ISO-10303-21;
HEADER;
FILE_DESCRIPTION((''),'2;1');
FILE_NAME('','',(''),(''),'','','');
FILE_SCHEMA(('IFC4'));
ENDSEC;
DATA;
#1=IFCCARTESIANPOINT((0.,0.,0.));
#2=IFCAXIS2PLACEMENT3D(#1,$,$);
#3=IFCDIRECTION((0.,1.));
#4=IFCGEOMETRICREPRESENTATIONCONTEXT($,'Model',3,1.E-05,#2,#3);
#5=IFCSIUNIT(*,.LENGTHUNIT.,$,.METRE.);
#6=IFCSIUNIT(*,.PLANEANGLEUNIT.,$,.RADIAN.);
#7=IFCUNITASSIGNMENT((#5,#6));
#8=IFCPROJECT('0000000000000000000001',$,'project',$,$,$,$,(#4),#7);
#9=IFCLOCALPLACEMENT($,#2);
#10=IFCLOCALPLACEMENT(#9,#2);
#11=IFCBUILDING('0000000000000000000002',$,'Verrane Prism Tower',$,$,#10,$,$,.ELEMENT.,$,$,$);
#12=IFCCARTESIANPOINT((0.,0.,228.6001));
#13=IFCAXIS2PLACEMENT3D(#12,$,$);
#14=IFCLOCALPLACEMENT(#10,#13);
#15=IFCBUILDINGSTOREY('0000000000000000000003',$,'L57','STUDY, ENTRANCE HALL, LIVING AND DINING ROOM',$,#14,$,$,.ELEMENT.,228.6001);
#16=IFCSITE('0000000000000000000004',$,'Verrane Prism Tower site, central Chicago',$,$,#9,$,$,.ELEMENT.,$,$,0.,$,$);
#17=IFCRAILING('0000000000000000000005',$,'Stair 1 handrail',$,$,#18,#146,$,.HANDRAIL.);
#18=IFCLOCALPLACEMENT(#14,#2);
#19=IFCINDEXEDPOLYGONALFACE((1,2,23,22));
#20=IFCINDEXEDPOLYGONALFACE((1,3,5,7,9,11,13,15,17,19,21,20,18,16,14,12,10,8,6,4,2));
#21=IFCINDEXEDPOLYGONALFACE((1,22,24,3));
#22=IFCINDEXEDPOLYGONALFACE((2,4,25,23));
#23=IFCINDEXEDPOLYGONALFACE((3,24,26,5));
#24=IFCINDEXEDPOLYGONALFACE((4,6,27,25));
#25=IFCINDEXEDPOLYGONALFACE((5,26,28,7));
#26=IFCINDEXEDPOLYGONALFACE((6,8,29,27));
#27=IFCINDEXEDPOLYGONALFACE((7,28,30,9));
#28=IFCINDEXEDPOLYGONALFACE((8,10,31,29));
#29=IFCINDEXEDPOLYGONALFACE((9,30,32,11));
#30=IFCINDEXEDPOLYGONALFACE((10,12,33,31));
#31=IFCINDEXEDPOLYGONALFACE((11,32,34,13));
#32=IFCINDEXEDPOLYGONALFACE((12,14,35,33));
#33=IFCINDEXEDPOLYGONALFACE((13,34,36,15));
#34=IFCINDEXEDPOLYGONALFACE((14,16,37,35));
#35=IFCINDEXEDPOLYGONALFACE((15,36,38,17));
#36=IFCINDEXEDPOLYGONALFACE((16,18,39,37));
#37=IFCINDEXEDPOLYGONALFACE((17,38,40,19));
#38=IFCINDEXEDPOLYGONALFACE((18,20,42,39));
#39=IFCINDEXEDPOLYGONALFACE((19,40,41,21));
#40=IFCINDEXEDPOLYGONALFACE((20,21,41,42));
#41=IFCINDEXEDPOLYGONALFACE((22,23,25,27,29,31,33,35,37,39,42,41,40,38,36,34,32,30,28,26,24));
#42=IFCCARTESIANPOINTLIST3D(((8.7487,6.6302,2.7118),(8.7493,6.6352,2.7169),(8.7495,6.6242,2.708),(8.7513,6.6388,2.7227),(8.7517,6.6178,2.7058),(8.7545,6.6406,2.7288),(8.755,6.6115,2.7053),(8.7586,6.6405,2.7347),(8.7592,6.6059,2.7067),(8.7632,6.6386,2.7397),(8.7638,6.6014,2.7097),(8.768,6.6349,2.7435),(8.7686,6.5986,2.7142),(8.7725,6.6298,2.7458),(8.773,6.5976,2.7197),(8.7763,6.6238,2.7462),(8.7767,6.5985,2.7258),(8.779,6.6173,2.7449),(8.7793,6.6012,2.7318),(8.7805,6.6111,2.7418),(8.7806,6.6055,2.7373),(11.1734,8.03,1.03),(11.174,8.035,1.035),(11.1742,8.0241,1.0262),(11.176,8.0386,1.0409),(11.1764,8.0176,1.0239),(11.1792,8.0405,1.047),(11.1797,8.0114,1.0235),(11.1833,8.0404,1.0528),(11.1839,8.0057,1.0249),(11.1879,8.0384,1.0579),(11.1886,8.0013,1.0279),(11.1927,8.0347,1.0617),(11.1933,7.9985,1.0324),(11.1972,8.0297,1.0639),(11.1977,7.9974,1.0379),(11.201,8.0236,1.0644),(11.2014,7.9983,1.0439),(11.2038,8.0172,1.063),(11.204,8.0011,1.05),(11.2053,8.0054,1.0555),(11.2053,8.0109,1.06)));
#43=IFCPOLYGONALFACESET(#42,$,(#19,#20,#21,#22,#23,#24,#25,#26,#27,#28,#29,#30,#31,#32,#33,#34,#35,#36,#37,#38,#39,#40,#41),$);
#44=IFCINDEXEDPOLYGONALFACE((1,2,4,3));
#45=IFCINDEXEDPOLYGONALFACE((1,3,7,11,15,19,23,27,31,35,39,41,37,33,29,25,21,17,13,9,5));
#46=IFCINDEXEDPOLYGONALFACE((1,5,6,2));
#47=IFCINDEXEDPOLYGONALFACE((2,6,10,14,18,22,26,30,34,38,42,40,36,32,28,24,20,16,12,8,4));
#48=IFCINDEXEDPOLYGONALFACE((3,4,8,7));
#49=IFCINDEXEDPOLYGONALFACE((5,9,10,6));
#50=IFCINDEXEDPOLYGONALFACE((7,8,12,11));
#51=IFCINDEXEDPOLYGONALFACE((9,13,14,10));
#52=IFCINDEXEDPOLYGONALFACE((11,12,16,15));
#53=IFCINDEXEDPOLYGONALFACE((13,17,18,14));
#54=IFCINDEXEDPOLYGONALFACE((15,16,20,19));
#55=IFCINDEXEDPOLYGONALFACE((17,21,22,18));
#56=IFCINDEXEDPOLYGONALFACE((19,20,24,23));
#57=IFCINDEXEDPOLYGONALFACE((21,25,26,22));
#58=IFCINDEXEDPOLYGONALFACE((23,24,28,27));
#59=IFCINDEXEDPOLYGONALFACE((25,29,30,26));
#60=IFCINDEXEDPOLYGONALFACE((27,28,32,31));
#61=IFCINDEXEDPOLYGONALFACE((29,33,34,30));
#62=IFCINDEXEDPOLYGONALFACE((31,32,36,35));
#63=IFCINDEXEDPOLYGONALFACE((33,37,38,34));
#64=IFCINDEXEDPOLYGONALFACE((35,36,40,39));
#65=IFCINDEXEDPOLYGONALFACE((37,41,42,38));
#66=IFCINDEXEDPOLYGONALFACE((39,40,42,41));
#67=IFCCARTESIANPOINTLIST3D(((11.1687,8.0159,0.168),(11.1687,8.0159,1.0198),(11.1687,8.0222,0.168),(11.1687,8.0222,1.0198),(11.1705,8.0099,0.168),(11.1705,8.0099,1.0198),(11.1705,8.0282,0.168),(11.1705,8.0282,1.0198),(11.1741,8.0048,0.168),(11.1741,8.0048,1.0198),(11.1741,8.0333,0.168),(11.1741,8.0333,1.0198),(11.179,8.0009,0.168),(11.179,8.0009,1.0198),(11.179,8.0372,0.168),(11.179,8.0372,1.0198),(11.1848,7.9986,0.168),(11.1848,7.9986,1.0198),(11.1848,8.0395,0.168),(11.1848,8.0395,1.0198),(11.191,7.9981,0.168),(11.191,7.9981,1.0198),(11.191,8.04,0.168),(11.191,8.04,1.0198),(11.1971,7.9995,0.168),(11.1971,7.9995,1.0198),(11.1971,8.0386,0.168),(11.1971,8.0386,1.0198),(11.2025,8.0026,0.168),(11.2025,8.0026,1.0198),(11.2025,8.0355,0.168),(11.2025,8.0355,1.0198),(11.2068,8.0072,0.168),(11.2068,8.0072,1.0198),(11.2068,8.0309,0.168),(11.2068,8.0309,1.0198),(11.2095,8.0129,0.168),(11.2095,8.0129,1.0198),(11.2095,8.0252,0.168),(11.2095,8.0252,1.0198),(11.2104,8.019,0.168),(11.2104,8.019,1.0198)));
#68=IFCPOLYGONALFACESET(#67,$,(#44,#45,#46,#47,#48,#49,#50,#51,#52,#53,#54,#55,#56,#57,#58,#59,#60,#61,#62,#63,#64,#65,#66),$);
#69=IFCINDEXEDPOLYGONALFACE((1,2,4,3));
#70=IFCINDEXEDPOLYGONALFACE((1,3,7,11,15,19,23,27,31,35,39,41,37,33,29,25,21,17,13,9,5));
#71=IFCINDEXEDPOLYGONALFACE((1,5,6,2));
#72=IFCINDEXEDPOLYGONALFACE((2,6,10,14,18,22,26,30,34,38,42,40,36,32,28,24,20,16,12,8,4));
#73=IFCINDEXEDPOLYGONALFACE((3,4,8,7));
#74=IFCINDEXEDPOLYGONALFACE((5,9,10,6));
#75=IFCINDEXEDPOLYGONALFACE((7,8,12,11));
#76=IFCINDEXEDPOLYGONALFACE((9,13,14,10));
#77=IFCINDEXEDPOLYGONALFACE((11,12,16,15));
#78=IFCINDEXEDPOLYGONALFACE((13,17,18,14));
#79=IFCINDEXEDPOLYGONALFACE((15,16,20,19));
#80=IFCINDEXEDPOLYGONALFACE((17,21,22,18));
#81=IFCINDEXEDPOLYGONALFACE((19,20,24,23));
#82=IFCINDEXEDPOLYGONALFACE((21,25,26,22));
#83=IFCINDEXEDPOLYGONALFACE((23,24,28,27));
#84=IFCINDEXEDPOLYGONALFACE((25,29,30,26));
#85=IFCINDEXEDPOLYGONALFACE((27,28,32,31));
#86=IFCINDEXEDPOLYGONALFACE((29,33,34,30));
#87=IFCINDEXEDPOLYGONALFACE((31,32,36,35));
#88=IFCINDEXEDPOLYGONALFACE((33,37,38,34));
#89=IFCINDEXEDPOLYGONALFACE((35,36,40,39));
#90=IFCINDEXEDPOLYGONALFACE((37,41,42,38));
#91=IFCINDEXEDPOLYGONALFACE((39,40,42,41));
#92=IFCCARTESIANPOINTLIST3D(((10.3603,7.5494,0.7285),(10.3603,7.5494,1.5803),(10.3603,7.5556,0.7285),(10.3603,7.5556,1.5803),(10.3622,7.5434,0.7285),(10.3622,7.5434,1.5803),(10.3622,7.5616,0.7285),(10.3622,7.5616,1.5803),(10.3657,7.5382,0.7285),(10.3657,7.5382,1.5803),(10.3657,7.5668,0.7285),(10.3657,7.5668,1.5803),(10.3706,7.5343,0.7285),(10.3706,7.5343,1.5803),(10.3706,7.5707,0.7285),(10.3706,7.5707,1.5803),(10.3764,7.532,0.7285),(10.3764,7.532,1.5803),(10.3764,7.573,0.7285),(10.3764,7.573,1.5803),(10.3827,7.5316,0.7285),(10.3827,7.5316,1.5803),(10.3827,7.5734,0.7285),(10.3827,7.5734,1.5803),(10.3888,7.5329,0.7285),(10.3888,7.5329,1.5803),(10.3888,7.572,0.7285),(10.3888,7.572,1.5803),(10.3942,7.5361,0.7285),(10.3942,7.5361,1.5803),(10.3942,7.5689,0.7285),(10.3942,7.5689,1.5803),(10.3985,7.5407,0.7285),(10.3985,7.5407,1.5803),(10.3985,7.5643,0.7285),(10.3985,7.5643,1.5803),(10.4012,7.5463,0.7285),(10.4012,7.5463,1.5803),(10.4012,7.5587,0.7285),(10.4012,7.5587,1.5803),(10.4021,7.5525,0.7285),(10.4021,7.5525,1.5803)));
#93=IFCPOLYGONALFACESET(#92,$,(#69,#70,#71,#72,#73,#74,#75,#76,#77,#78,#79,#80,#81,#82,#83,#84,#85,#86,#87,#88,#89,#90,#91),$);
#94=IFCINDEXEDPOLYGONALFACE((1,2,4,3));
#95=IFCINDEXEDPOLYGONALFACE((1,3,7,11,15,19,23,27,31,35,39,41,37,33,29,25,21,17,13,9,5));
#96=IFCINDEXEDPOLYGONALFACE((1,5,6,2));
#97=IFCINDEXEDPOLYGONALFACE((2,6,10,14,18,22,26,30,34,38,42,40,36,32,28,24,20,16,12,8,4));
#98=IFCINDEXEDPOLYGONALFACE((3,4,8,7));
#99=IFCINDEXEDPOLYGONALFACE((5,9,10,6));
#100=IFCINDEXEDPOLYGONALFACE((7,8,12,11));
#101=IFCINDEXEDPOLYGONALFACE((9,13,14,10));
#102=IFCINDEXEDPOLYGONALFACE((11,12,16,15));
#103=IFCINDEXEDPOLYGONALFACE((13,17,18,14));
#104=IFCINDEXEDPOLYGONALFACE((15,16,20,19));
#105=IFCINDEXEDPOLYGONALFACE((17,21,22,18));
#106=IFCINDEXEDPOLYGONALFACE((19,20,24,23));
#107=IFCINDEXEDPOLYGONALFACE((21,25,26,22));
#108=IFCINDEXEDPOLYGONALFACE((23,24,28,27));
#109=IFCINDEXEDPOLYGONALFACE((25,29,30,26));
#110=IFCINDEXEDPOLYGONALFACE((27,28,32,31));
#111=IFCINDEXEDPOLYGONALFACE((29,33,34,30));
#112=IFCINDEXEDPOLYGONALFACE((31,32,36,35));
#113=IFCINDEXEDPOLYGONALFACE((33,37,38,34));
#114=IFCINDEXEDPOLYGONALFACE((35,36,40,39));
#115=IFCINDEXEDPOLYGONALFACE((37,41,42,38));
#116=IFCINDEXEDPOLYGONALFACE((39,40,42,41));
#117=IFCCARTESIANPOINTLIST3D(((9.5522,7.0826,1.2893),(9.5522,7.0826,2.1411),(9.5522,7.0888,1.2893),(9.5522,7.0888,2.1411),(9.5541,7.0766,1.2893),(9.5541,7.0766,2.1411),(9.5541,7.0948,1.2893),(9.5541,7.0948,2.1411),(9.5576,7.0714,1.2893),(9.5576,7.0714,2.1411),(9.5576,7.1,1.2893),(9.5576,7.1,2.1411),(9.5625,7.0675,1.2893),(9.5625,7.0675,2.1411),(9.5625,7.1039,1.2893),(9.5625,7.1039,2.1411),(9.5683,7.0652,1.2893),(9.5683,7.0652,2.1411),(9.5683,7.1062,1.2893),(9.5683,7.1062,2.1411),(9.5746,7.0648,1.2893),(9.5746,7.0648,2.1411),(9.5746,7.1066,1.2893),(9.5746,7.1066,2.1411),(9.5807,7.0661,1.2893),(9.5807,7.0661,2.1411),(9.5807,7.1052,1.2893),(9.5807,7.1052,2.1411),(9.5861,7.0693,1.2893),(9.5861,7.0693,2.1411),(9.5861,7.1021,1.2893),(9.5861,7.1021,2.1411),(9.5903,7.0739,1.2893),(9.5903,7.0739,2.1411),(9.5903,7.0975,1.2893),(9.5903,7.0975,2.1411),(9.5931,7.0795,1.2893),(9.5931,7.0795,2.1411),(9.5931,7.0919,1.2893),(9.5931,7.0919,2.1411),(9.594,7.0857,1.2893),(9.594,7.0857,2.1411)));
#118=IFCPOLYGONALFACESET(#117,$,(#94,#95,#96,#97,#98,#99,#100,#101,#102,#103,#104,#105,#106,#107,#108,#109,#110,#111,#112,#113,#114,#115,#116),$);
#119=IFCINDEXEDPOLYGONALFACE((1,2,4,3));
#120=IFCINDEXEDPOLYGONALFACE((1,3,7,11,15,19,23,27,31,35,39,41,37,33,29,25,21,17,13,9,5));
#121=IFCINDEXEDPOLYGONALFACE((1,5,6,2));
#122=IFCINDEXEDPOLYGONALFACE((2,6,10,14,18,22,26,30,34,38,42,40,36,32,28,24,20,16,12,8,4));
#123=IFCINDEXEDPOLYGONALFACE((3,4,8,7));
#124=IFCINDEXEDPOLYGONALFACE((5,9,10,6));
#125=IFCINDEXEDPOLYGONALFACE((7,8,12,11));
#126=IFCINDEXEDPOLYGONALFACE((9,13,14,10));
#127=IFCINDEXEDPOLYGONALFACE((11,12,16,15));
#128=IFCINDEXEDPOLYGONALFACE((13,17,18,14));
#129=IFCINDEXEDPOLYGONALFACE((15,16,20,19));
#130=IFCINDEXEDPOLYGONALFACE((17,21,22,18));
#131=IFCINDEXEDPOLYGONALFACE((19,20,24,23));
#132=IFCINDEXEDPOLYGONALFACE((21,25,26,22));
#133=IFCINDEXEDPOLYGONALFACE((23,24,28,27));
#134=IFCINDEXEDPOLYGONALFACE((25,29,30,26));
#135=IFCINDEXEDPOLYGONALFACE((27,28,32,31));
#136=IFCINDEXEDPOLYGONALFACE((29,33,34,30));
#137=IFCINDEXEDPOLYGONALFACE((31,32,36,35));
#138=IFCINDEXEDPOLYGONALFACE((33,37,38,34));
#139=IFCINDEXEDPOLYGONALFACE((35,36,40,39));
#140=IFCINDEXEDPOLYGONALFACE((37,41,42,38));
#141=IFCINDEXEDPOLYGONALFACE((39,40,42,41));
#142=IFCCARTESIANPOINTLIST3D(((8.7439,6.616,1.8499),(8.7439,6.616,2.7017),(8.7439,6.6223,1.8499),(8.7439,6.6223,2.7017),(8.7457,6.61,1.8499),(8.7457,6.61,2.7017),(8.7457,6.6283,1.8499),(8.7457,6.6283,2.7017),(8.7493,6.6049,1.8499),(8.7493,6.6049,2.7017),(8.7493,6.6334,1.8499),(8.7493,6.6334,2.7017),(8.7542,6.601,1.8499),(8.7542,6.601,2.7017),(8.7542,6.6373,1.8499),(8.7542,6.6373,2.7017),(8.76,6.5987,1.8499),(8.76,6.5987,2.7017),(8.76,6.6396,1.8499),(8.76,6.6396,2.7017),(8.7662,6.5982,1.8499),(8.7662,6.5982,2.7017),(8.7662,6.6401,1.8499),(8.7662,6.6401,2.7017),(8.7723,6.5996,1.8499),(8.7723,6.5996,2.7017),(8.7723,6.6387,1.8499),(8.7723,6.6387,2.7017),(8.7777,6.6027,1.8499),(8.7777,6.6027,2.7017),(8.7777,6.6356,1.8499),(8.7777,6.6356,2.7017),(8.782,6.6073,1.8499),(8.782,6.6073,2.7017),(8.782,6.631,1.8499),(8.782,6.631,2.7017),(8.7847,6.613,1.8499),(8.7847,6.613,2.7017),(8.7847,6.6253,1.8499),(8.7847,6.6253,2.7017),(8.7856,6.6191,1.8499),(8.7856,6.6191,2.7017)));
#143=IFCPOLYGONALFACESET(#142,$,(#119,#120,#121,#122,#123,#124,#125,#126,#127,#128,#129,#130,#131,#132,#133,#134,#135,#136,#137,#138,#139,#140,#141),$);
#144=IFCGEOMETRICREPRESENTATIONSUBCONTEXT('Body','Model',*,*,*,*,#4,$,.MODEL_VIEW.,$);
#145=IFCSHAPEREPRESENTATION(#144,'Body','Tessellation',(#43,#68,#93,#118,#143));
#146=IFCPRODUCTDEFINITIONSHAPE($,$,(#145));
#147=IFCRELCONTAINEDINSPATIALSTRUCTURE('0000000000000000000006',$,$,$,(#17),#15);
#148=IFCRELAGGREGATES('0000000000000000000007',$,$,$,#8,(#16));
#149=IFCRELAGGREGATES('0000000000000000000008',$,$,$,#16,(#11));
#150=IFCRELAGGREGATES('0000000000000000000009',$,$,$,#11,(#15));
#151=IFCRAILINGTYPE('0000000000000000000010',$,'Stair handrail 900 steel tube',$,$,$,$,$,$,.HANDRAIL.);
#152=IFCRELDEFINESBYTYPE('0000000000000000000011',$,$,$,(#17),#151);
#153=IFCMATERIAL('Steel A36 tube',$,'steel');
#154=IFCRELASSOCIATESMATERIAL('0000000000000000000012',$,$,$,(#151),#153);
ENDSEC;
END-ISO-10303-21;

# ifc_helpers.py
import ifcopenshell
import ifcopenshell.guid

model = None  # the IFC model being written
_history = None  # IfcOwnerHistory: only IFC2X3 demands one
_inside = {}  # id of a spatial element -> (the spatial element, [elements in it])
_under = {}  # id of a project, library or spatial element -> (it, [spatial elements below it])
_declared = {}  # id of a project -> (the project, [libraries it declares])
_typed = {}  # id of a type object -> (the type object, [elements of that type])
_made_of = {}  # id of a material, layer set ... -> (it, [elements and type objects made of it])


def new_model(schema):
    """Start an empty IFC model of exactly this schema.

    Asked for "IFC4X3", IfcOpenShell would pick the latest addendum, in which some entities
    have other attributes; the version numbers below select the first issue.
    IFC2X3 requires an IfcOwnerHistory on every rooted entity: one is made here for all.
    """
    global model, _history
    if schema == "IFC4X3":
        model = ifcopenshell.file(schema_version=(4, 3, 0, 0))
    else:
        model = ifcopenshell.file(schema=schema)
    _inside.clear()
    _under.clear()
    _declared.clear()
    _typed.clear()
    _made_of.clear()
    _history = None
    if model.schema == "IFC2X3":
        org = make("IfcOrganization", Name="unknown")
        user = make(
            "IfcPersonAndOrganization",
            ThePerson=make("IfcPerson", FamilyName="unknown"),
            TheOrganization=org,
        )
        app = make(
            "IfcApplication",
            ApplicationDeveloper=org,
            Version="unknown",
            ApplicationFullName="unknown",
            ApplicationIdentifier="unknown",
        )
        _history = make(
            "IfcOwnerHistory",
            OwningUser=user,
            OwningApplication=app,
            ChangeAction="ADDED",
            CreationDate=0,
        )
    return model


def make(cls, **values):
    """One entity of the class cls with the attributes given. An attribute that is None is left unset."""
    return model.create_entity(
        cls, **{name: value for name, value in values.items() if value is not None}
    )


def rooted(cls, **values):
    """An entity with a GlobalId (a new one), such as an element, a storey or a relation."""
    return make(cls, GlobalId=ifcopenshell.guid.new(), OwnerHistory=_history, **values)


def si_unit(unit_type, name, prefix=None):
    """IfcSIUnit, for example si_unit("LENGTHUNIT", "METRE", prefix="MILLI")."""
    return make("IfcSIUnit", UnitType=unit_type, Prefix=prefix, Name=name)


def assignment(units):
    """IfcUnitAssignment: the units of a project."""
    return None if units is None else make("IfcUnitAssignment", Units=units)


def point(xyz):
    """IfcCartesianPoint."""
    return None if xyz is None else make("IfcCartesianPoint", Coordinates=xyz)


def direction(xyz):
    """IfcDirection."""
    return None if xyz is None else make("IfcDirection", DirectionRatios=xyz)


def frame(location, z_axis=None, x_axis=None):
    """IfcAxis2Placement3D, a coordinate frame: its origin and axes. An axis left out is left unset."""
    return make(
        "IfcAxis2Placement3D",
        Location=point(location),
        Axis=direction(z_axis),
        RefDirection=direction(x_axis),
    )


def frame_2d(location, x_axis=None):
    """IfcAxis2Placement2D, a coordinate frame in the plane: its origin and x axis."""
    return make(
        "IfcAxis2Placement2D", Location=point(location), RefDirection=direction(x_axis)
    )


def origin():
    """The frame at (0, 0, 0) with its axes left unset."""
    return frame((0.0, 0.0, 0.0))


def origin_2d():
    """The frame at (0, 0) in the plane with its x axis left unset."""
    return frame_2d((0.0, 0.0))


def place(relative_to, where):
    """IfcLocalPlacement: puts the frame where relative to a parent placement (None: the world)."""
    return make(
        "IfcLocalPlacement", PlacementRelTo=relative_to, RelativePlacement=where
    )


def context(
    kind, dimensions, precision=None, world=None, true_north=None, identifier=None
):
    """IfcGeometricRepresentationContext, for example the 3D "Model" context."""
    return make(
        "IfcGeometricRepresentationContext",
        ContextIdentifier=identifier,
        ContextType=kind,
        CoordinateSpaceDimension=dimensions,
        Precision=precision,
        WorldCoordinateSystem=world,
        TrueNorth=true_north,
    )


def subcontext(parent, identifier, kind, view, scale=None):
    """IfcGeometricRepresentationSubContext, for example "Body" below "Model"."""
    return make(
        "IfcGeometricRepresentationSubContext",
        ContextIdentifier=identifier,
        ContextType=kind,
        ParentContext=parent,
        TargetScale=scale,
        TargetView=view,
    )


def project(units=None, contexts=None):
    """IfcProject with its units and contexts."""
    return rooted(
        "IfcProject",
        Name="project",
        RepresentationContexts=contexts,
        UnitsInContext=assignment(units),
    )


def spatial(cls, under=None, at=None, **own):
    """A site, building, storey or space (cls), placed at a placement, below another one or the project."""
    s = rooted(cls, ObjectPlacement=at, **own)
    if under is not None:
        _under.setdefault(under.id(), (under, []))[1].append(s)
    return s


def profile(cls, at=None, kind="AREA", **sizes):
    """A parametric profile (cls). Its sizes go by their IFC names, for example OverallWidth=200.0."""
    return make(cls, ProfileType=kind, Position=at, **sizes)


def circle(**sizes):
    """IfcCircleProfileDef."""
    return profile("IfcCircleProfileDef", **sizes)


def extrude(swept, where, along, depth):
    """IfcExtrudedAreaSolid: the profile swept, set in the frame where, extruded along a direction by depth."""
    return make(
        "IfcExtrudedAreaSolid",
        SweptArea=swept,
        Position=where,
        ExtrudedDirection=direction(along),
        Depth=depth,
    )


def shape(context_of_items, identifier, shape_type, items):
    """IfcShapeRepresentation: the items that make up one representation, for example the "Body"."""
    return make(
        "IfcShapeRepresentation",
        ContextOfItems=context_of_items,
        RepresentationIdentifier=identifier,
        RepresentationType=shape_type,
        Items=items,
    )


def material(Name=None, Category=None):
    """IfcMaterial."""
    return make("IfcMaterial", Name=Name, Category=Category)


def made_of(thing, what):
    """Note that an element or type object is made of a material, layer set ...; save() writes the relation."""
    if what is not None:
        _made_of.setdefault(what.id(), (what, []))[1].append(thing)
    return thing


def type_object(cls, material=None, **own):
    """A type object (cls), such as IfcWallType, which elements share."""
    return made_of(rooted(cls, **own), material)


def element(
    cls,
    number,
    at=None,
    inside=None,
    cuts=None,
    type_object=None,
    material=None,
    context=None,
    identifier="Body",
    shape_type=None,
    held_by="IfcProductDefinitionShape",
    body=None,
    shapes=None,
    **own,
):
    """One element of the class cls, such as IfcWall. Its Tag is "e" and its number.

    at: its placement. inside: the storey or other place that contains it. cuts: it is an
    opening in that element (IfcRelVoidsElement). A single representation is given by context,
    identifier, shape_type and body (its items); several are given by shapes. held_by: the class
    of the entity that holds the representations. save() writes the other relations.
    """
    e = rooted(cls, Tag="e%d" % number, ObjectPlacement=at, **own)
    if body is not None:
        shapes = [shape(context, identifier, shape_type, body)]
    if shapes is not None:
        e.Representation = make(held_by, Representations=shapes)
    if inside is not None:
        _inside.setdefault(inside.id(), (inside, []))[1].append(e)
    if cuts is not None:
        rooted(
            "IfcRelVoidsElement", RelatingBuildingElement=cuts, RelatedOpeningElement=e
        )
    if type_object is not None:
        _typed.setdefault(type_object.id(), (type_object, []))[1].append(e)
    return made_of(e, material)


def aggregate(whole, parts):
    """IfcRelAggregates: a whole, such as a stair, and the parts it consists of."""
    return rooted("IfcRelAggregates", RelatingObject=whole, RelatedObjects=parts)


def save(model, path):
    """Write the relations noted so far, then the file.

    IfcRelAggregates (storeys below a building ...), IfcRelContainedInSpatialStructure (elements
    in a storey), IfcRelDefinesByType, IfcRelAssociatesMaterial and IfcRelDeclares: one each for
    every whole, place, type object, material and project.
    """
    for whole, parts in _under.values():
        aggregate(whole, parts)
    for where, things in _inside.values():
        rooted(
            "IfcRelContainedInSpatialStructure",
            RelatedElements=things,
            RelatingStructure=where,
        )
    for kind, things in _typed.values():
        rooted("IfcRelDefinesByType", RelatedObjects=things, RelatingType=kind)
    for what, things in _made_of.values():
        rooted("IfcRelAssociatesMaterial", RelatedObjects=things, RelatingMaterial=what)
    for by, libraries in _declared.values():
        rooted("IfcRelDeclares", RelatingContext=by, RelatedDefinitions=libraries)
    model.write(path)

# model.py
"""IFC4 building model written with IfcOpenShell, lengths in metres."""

from ifc_helpers import new_model, si_unit, direction, frame, origin, origin_2d, place, context, subcontext, project, spatial, circle, extrude, material, type_object, element, save


model = new_model("IFC4")

# Units and contexts
model_context = context("Model", 3, precision=1e-05, world=origin(), true_north=direction((0.0, 1.0)))
body_context = subcontext(model_context, "Body", "Model", "MODEL_VIEW")
ifc_project = project(units=[si_unit("LENGTHUNIT", "METRE"), si_unit("PLANEANGLEUNIT", "RADIAN")], contexts=[model_context])

# Site, building, storey
site_placement = place(None, origin())
site = spatial("IfcSite", under=ifc_project, at=site_placement, Name="Verrane Prism Tower site, central Chicago", CompositionType="ELEMENT", RefElevation=0.0)
building_placement = place(site_placement, origin())
building = spatial("IfcBuilding", under=site, at=building_placement, Name="Verrane Prism Tower", CompositionType="ELEMENT")
storey_placement = place(building_placement, frame((0.0, 0.0, 228.6001)))
storey = spatial("IfcBuildingStorey", under=building, at=storey_placement, Name="L57", Description="STUDY, ENTRANCE HALL, LIVING AND DINING ROOM", CompositionType="ELEMENT", Elevation=228.6001)

# Railing
ifc_material_1 = material(Name="Steel A36 tube", Category="steel")
railing_type = type_object("IfcRailingType", Name="Stair handrail 900 steel tube", PredefinedType="HANDRAIL", material=ifc_material_1)
railing_placement = place(storey_placement, frame((11.1895, 8.019, 0.168)))
element("IfcRailing", 1, at=railing_placement, inside=storey, type_object=railing_type, Name="Stair 1 handrail", PredefinedType="HANDRAIL", context=body_context, shape_type="SweptSolid", body=[
    extrude(circle(Radius=0.0239, at=origin_2d()), frame((0.0, 0.0, 0.876), z_axis=(-0.74239, -0.428601, 0.514934), x_axis=(0.499984, -0.866035, 0.0)), (0.0, 0.0, 1.0), 3.2661),
    extrude(circle(Radius=0.021, at=origin_2d()), origin(), (0.0, 0.0, 1.0), 0.8518),
    extrude(circle(Radius=0.021, at=origin_2d()), frame((-0.8083, -0.4666, 0.5605)), (0.0, 0.0, 1.0), 0.8518),
    extrude(circle(Radius=0.021, at=origin_2d()), frame((-1.6165, -0.9333, 1.1213)), (0.0, 0.0, 1.0), 0.8518),
    extrude(circle(Radius=0.021, at=origin_2d()), frame((-2.4248, -1.3999, 1.6819)), (0.0, 0.0, 1.0), 0.8518),
])

save(model, "model.ifc")
